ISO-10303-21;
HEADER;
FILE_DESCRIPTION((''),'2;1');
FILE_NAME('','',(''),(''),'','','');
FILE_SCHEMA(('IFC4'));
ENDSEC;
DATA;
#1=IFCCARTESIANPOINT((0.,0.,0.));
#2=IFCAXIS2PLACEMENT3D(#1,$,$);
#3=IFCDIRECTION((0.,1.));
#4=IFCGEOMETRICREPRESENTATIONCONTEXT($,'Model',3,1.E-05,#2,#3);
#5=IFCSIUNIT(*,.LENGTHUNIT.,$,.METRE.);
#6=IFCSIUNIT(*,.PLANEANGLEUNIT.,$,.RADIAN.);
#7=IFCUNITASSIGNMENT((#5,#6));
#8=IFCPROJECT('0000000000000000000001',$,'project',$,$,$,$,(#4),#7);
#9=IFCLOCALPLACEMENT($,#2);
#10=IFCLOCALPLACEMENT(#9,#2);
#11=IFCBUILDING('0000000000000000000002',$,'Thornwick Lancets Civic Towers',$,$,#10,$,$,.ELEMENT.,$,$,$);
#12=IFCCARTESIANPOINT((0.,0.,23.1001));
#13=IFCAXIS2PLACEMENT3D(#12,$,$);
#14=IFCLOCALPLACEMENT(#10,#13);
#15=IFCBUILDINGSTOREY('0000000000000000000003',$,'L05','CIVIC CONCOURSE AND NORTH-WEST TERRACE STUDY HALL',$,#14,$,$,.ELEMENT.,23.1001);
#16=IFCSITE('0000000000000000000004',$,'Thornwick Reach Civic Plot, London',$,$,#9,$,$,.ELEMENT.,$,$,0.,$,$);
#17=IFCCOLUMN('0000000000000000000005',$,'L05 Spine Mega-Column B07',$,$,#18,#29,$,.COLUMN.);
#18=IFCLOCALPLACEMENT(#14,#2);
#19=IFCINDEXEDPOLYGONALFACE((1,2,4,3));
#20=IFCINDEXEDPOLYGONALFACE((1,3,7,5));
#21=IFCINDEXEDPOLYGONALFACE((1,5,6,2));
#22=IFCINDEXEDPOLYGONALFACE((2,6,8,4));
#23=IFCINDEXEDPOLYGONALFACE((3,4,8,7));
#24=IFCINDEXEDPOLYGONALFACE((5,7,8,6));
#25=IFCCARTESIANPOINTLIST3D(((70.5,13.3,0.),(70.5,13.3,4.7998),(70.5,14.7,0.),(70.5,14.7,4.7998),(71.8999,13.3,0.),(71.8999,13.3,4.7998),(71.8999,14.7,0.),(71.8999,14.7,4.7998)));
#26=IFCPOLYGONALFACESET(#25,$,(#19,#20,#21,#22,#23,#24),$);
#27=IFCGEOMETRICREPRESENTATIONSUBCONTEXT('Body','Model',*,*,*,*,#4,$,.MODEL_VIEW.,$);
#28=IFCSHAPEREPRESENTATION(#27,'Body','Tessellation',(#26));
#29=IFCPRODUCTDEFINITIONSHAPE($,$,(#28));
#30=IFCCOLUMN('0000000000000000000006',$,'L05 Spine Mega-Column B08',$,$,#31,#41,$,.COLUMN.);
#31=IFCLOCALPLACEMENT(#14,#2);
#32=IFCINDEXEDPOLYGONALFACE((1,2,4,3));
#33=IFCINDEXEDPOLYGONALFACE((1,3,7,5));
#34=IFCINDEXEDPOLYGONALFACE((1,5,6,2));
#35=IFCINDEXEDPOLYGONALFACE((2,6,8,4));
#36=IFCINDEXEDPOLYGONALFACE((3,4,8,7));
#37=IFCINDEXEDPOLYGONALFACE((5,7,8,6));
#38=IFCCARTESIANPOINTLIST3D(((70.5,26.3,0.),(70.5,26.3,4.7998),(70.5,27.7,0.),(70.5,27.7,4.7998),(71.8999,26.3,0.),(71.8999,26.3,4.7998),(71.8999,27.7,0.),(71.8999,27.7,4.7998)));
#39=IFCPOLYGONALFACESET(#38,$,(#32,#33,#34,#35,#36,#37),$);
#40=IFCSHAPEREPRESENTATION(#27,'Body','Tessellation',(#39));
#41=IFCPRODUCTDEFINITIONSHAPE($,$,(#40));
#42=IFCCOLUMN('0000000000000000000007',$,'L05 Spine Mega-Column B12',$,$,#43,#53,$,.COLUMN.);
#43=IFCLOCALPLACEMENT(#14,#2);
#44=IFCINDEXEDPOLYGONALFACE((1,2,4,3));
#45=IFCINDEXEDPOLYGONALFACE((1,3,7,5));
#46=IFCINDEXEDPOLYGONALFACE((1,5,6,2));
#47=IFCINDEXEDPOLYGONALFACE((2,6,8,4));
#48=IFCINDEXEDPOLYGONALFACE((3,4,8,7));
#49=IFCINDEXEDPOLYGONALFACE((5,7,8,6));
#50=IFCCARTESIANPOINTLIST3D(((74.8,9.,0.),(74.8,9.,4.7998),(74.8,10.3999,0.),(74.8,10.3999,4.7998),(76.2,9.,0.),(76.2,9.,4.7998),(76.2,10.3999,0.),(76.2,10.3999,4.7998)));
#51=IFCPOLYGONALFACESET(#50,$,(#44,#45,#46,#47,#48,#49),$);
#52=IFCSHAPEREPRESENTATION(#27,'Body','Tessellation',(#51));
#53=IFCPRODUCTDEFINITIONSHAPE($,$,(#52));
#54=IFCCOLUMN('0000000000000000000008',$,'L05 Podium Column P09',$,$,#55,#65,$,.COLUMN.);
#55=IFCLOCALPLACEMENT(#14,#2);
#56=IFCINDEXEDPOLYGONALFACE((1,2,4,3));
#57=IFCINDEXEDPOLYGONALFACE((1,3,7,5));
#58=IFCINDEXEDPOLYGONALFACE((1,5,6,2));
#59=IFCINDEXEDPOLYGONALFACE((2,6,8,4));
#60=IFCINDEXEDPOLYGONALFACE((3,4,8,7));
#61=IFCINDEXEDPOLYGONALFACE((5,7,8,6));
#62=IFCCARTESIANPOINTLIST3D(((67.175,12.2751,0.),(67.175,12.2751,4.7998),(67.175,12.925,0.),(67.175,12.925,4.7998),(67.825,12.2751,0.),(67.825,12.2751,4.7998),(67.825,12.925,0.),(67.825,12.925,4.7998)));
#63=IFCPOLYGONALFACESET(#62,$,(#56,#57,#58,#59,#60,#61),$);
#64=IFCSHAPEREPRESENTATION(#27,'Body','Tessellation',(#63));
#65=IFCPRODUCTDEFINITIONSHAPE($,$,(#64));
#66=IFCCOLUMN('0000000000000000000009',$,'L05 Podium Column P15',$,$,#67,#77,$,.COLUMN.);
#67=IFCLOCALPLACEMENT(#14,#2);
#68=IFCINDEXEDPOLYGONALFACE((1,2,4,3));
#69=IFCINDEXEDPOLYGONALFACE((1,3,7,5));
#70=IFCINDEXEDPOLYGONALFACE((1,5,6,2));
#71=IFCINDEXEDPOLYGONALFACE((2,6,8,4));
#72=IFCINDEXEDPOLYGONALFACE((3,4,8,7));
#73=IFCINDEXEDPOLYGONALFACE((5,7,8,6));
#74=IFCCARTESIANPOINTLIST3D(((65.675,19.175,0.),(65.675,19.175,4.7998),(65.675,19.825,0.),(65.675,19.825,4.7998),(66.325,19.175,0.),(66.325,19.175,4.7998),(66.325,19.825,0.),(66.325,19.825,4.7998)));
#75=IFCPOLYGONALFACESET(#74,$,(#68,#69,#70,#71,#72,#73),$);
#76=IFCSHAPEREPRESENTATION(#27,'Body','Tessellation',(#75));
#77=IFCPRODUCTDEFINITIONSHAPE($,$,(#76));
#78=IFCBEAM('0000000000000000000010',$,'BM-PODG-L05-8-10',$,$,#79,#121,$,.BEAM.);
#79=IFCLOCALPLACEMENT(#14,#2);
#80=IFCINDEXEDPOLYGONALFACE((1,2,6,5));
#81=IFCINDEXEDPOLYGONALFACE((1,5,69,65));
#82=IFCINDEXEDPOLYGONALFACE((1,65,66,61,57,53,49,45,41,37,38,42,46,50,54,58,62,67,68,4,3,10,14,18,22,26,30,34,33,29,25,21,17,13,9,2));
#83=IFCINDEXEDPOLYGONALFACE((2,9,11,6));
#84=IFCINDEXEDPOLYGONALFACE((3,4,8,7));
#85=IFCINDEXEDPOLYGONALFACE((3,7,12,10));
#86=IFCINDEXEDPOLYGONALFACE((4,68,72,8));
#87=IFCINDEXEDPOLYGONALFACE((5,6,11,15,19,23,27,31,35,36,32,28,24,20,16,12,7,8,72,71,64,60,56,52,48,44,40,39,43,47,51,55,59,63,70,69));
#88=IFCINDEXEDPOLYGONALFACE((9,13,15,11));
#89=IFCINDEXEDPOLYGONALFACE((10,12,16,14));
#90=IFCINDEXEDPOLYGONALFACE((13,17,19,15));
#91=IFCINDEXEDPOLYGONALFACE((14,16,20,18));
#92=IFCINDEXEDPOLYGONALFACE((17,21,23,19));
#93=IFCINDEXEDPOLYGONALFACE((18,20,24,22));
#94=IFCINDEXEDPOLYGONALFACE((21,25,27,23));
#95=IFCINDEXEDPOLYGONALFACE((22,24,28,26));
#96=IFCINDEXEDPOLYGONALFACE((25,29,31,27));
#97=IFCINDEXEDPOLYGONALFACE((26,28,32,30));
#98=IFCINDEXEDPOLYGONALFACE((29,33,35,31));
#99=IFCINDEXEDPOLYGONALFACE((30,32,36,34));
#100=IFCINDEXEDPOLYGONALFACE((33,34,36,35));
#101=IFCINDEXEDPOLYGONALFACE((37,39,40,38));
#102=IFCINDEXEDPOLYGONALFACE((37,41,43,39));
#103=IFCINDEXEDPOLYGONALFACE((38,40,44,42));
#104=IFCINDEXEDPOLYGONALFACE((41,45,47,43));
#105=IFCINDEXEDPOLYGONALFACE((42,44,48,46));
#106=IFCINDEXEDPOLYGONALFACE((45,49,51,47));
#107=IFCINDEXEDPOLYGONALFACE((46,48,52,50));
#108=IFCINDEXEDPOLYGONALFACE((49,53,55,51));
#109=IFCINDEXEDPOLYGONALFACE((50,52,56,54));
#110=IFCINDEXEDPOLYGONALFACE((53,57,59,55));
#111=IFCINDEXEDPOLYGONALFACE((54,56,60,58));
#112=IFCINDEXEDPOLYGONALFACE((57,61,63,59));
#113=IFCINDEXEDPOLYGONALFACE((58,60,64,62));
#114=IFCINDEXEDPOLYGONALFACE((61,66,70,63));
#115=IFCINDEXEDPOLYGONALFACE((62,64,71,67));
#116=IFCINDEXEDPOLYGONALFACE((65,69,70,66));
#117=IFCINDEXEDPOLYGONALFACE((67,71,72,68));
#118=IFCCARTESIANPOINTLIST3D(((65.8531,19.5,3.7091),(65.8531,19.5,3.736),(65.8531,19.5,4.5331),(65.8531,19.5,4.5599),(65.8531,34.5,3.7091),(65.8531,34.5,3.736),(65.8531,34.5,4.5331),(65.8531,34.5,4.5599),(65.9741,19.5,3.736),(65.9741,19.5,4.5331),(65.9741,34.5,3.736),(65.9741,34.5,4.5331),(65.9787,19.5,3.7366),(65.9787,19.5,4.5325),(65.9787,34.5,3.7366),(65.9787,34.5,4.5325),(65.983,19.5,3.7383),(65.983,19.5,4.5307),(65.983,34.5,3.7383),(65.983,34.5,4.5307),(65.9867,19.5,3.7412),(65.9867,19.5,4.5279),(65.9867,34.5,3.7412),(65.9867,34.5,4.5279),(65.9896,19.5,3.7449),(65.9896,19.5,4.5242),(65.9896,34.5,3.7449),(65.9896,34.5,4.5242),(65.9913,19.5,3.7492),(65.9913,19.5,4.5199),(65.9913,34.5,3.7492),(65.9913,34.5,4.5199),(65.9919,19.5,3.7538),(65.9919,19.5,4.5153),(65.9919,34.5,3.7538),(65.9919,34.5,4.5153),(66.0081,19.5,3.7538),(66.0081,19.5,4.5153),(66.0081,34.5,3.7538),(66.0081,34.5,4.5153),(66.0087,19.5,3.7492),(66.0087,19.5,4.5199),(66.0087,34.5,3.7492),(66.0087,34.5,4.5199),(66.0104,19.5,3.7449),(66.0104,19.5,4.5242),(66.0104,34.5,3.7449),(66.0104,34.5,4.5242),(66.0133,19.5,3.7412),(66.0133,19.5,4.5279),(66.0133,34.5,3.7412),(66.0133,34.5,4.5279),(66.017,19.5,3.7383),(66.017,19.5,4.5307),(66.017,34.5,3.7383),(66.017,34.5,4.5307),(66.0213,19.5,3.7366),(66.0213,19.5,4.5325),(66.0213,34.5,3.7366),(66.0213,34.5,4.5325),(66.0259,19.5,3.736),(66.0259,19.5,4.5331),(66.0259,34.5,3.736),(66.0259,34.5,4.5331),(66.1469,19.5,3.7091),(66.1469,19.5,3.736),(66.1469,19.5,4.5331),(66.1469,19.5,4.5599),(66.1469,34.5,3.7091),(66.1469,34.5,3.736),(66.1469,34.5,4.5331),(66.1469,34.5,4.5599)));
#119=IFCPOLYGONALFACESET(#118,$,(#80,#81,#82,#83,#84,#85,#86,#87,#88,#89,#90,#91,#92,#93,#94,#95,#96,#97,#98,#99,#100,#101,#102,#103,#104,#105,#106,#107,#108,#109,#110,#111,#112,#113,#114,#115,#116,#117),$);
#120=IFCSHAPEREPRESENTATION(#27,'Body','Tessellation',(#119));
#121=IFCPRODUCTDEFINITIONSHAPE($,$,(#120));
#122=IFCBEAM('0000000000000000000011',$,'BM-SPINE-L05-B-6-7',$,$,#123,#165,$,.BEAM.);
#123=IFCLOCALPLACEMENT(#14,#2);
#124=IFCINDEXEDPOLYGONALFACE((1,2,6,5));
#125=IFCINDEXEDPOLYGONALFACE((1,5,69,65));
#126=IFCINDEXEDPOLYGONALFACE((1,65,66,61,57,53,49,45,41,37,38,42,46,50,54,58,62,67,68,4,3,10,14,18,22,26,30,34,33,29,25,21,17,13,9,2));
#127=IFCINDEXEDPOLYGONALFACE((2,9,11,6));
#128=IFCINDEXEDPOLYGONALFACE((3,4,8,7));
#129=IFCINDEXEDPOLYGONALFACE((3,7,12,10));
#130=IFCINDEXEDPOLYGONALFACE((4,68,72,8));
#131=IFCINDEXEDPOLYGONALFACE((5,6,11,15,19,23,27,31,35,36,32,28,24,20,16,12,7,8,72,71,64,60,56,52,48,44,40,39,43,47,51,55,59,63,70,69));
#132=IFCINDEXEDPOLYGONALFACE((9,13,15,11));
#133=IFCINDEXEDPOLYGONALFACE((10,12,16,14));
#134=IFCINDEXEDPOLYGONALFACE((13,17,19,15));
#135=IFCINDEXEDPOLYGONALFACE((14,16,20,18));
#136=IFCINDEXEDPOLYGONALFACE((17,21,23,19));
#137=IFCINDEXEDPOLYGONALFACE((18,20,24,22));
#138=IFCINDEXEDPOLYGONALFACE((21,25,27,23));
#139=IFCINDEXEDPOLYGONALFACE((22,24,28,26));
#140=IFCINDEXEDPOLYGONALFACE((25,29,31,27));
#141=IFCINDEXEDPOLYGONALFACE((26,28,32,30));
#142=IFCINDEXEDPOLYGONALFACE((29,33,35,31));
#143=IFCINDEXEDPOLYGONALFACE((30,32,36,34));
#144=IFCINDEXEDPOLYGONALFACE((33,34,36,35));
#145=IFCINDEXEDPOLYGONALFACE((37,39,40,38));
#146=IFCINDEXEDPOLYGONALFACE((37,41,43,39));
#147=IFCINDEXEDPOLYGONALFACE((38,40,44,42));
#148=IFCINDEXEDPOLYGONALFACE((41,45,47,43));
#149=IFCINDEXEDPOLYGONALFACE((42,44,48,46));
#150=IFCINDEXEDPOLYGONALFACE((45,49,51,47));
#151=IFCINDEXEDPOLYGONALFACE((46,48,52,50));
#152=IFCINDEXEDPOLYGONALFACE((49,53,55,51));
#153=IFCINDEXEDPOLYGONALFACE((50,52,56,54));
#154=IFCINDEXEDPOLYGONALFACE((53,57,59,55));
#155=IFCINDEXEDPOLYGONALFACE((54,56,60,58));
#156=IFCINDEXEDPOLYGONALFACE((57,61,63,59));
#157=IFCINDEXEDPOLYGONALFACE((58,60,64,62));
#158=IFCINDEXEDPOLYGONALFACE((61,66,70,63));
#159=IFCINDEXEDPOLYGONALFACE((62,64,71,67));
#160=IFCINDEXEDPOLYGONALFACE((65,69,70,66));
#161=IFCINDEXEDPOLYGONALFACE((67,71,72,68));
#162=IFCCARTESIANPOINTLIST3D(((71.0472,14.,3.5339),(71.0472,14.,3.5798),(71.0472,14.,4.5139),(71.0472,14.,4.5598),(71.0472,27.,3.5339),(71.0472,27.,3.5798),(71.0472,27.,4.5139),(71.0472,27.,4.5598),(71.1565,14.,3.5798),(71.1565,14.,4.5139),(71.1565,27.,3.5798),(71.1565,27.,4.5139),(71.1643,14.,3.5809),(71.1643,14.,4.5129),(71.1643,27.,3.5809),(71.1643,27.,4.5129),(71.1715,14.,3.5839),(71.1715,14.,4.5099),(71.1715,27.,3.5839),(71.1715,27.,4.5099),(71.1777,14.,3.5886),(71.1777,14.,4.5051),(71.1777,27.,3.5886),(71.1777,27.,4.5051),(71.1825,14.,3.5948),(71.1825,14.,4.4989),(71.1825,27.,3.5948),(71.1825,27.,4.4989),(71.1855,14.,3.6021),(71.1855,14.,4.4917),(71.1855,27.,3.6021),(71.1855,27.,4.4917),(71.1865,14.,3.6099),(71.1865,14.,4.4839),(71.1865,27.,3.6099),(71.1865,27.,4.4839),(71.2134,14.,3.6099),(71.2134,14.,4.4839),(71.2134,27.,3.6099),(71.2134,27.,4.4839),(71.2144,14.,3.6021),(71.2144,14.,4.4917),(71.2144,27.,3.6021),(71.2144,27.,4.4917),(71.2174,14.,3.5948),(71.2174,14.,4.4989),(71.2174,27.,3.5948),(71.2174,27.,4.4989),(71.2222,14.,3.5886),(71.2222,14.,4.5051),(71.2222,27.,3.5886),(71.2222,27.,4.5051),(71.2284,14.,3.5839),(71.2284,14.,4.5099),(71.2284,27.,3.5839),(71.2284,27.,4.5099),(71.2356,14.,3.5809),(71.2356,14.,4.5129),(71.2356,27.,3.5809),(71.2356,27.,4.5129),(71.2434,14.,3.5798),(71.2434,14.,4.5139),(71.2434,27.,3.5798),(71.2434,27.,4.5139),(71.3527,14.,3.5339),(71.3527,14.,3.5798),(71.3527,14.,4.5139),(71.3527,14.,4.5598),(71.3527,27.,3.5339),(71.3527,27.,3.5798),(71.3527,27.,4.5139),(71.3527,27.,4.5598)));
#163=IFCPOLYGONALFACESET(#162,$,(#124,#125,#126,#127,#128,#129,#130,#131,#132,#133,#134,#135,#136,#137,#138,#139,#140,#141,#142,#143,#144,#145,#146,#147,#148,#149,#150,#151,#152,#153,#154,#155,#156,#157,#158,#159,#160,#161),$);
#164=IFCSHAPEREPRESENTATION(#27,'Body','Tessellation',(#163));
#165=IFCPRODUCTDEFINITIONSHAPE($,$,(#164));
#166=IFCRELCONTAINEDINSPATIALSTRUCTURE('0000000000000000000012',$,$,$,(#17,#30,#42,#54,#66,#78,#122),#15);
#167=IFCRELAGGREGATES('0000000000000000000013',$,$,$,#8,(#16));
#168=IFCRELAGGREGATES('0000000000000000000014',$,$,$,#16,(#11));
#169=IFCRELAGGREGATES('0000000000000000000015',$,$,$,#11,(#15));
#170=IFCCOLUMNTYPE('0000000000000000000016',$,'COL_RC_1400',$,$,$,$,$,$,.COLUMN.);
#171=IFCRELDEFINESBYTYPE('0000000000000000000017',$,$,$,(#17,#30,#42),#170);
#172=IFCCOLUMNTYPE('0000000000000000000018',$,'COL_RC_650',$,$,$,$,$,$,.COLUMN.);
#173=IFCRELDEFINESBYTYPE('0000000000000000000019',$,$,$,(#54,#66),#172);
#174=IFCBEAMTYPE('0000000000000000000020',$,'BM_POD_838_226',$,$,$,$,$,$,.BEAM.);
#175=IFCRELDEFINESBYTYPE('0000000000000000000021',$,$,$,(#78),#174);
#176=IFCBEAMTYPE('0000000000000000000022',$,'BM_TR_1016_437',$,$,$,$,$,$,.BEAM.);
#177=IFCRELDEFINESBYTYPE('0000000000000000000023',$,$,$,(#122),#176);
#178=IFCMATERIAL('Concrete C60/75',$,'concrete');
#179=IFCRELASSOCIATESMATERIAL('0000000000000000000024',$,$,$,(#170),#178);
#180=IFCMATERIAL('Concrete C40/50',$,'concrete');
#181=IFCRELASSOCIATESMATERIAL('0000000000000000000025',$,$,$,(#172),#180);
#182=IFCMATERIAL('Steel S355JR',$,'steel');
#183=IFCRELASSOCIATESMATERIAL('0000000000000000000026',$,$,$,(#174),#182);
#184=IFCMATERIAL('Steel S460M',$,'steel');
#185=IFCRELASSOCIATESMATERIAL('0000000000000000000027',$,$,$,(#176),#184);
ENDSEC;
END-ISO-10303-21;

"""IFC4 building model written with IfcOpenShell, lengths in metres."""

from ifc_helpers import new_model, si_unit, direction, frame, origin, origin_2d, place, context, subcontext, project, spatial, rectangle, i_section, extrude, material, material_profile, profile_set, type_object, element, save


model = new_model("IFC4")

# Units and contexts
model_context = context("Model", 3, precision=1e-05, world=origin(), true_north=direction((0.0, 1.0)))
body_context = subcontext(model_context, "Body", "Model", "MODEL_VIEW")
ifc_project = project(units=[si_unit("LENGTHUNIT", "METRE"), si_unit("PLANEANGLEUNIT", "RADIAN")], contexts=[model_context])

# Site, building, storey
site_placement = place(None, origin())
site = spatial("IfcSite", under=ifc_project, at=site_placement, Name="Thornwick Reach Civic Plot, London", CompositionType="ELEMENT", RefElevation=0.0)
building_placement = place(site_placement, origin())
building = spatial("IfcBuilding", under=site, at=building_placement, Name="Thornwick Lancets Civic Towers", CompositionType="ELEMENT")
storey_placement = place(building_placement, frame((0.0, 0.0, 23.1001)))
storey = spatial("IfcBuildingStorey", under=building, at=storey_placement, Name="L05", Description="CIVIC CONCOURSE AND NORTH-WEST TERRACE STUDY HALL", CompositionType="ELEMENT", Elevation=23.1001)

# Columns
ifc_material_1 = material(Name="Concrete C60/75", Category="concrete")
ifc_material_profile_1 = material_profile(ifc_material_1, rectangle(XDim=1.3999, YDim=1.3999, at=origin_2d()), Name="RC 1400x1400")
ifc_profile_set_1 = profile_set([ifc_material_profile_1], Name="Concrete C60/75")
column_type_1 = type_object("IfcColumnType", Name="COL_RC_1400", PredefinedType="COLUMN", material=ifc_profile_set_1)
for number, where, z_axis, x_axis, name in (
    (1, (71.2, 14.0, 0.0), (0.0, 0.0, 1.0), (1.0, 0.0, 0.0), "L05 Spine Mega-Column B07"),
    (2, (71.2, 27.0, 0.0), (0.0, 0.0, 1.0), (1.0, 0.0, 0.0), "L05 Spine Mega-Column B08"),
    (3, (75.5, 9.7, 0.0), (0.0, 0.0, 1.0), (1.0, 0.0, 0.0), "L05 Spine Mega-Column B12"),
):
    element("IfcColumn", number, at=place(storey_placement, frame(where, z_axis=z_axis, x_axis=x_axis)), inside=storey, type_object=column_type_1, Name=name, PredefinedType="COLUMN", context=body_context, shape_type="SweptSolid", body=[
        extrude(rectangle(XDim=1.3999, YDim=1.3999, at=origin_2d()), origin(), (0.0, 0.0, 1.0), 4.7998),
    ])
ifc_material_2 = material(Name="Concrete C40/50", Category="concrete")
ifc_material_profile_2 = material_profile(ifc_material_2, rectangle(XDim=0.6499, YDim=0.6499, at=origin_2d()), Name="RC 650x650")
ifc_profile_set_2 = profile_set([ifc_material_profile_2], Name="Concrete C40/50")
column_type_2 = type_object("IfcColumnType", Name="COL_RC_650", PredefinedType="COLUMN", material=ifc_profile_set_2)
for number, where, z_axis, x_axis, name in (
    (4, (67.5, 12.6001, 0.0), (0.0, 0.0, 1.0), (1.0, 0.0, 0.0), "L05 Podium Column P09"),
    (5, (66.0, 19.5, 0.0), (0.0, 0.0, 1.0), (1.0, 0.0, 0.0), "L05 Podium Column P15"),
):
    element("IfcColumn", number, at=place(storey_placement, frame(where, z_axis=z_axis, x_axis=x_axis)), inside=storey, type_object=column_type_2, Name=name, PredefinedType="COLUMN", context=body_context, shape_type="SweptSolid", body=[
        extrude(rectangle(XDim=0.6499, YDim=0.6499, at=origin_2d()), origin(), (0.0, 0.0, 1.0), 4.7998),
    ])

# Beams
ifc_material_3 = material(Name="Steel S355JR", Category="steel")
ifc_material_profile_3 = material_profile(ifc_material_3, i_section(OverallWidth=0.2937, OverallDepth=0.8508, WebThickness=0.0161, FlangeThickness=0.0269, FilletRadius=0.0178, at=origin_2d()), Name="UKB 838x292x226")
ifc_profile_set_3 = profile_set([ifc_material_profile_3], Name="Steel S355JR")
beam_type_1 = type_object("IfcBeamType", Name="BM_POD_838_226", PredefinedType="BEAM", material=ifc_profile_set_3)
beam_1_placement = place(storey_placement, frame((66.0, 19.5, 4.1345), z_axis=(0.0, 1.0, 0.0), x_axis=(-1.0, 0.0, 0.0)))
element("IfcBeam", 6, at=beam_1_placement, inside=storey, type_object=beam_type_1, Name="BM-PODG-L05-8-10", PredefinedType="BEAM", context=body_context, shape_type="SweptSolid", body=[
    extrude(i_section(OverallWidth=0.2937, OverallDepth=0.8508, WebThickness=0.0161, FlangeThickness=0.0269, FilletRadius=0.0178, at=origin_2d()), origin(), (0.0, 0.0, 1.0), 15.0),
])
ifc_material_4 = material(Name="Steel S460M", Category="steel")
ifc_material_profile_4 = material_profile(ifc_material_4, i_section(OverallWidth=0.3054, OverallDepth=1.0259, WebThickness=0.0269, FlangeThickness=0.0459, FilletRadius=0.03, at=origin_2d()), Name="UKB 1016x305x437")
ifc_profile_set_4 = profile_set([ifc_material_profile_4], Name="Steel S460M")
beam_type_2 = type_object("IfcBeamType", Name="BM_TR_1016_437", PredefinedType="BEAM", material=ifc_profile_set_4)
beam_2_placement = place(storey_placement, frame((71.2, 14.0, 4.0469), z_axis=(0.0, 1.0, 0.0), x_axis=(-1.0, 0.0, 0.0)))
element("IfcBeam", 7, at=beam_2_placement, inside=storey, type_object=beam_type_2, Name="BM-SPINE-L05-B-6-7", PredefinedType="BEAM", context=body_context, shape_type="SweptSolid", body=[
    extrude(i_section(OverallWidth=0.3054, OverallDepth=1.0259, WebThickness=0.0269, FlangeThickness=0.0459, FilletRadius=0.03, at=origin_2d()), origin(), (0.0, 0.0, 1.0), 13.0),
])

save(model, "model.ifc")
